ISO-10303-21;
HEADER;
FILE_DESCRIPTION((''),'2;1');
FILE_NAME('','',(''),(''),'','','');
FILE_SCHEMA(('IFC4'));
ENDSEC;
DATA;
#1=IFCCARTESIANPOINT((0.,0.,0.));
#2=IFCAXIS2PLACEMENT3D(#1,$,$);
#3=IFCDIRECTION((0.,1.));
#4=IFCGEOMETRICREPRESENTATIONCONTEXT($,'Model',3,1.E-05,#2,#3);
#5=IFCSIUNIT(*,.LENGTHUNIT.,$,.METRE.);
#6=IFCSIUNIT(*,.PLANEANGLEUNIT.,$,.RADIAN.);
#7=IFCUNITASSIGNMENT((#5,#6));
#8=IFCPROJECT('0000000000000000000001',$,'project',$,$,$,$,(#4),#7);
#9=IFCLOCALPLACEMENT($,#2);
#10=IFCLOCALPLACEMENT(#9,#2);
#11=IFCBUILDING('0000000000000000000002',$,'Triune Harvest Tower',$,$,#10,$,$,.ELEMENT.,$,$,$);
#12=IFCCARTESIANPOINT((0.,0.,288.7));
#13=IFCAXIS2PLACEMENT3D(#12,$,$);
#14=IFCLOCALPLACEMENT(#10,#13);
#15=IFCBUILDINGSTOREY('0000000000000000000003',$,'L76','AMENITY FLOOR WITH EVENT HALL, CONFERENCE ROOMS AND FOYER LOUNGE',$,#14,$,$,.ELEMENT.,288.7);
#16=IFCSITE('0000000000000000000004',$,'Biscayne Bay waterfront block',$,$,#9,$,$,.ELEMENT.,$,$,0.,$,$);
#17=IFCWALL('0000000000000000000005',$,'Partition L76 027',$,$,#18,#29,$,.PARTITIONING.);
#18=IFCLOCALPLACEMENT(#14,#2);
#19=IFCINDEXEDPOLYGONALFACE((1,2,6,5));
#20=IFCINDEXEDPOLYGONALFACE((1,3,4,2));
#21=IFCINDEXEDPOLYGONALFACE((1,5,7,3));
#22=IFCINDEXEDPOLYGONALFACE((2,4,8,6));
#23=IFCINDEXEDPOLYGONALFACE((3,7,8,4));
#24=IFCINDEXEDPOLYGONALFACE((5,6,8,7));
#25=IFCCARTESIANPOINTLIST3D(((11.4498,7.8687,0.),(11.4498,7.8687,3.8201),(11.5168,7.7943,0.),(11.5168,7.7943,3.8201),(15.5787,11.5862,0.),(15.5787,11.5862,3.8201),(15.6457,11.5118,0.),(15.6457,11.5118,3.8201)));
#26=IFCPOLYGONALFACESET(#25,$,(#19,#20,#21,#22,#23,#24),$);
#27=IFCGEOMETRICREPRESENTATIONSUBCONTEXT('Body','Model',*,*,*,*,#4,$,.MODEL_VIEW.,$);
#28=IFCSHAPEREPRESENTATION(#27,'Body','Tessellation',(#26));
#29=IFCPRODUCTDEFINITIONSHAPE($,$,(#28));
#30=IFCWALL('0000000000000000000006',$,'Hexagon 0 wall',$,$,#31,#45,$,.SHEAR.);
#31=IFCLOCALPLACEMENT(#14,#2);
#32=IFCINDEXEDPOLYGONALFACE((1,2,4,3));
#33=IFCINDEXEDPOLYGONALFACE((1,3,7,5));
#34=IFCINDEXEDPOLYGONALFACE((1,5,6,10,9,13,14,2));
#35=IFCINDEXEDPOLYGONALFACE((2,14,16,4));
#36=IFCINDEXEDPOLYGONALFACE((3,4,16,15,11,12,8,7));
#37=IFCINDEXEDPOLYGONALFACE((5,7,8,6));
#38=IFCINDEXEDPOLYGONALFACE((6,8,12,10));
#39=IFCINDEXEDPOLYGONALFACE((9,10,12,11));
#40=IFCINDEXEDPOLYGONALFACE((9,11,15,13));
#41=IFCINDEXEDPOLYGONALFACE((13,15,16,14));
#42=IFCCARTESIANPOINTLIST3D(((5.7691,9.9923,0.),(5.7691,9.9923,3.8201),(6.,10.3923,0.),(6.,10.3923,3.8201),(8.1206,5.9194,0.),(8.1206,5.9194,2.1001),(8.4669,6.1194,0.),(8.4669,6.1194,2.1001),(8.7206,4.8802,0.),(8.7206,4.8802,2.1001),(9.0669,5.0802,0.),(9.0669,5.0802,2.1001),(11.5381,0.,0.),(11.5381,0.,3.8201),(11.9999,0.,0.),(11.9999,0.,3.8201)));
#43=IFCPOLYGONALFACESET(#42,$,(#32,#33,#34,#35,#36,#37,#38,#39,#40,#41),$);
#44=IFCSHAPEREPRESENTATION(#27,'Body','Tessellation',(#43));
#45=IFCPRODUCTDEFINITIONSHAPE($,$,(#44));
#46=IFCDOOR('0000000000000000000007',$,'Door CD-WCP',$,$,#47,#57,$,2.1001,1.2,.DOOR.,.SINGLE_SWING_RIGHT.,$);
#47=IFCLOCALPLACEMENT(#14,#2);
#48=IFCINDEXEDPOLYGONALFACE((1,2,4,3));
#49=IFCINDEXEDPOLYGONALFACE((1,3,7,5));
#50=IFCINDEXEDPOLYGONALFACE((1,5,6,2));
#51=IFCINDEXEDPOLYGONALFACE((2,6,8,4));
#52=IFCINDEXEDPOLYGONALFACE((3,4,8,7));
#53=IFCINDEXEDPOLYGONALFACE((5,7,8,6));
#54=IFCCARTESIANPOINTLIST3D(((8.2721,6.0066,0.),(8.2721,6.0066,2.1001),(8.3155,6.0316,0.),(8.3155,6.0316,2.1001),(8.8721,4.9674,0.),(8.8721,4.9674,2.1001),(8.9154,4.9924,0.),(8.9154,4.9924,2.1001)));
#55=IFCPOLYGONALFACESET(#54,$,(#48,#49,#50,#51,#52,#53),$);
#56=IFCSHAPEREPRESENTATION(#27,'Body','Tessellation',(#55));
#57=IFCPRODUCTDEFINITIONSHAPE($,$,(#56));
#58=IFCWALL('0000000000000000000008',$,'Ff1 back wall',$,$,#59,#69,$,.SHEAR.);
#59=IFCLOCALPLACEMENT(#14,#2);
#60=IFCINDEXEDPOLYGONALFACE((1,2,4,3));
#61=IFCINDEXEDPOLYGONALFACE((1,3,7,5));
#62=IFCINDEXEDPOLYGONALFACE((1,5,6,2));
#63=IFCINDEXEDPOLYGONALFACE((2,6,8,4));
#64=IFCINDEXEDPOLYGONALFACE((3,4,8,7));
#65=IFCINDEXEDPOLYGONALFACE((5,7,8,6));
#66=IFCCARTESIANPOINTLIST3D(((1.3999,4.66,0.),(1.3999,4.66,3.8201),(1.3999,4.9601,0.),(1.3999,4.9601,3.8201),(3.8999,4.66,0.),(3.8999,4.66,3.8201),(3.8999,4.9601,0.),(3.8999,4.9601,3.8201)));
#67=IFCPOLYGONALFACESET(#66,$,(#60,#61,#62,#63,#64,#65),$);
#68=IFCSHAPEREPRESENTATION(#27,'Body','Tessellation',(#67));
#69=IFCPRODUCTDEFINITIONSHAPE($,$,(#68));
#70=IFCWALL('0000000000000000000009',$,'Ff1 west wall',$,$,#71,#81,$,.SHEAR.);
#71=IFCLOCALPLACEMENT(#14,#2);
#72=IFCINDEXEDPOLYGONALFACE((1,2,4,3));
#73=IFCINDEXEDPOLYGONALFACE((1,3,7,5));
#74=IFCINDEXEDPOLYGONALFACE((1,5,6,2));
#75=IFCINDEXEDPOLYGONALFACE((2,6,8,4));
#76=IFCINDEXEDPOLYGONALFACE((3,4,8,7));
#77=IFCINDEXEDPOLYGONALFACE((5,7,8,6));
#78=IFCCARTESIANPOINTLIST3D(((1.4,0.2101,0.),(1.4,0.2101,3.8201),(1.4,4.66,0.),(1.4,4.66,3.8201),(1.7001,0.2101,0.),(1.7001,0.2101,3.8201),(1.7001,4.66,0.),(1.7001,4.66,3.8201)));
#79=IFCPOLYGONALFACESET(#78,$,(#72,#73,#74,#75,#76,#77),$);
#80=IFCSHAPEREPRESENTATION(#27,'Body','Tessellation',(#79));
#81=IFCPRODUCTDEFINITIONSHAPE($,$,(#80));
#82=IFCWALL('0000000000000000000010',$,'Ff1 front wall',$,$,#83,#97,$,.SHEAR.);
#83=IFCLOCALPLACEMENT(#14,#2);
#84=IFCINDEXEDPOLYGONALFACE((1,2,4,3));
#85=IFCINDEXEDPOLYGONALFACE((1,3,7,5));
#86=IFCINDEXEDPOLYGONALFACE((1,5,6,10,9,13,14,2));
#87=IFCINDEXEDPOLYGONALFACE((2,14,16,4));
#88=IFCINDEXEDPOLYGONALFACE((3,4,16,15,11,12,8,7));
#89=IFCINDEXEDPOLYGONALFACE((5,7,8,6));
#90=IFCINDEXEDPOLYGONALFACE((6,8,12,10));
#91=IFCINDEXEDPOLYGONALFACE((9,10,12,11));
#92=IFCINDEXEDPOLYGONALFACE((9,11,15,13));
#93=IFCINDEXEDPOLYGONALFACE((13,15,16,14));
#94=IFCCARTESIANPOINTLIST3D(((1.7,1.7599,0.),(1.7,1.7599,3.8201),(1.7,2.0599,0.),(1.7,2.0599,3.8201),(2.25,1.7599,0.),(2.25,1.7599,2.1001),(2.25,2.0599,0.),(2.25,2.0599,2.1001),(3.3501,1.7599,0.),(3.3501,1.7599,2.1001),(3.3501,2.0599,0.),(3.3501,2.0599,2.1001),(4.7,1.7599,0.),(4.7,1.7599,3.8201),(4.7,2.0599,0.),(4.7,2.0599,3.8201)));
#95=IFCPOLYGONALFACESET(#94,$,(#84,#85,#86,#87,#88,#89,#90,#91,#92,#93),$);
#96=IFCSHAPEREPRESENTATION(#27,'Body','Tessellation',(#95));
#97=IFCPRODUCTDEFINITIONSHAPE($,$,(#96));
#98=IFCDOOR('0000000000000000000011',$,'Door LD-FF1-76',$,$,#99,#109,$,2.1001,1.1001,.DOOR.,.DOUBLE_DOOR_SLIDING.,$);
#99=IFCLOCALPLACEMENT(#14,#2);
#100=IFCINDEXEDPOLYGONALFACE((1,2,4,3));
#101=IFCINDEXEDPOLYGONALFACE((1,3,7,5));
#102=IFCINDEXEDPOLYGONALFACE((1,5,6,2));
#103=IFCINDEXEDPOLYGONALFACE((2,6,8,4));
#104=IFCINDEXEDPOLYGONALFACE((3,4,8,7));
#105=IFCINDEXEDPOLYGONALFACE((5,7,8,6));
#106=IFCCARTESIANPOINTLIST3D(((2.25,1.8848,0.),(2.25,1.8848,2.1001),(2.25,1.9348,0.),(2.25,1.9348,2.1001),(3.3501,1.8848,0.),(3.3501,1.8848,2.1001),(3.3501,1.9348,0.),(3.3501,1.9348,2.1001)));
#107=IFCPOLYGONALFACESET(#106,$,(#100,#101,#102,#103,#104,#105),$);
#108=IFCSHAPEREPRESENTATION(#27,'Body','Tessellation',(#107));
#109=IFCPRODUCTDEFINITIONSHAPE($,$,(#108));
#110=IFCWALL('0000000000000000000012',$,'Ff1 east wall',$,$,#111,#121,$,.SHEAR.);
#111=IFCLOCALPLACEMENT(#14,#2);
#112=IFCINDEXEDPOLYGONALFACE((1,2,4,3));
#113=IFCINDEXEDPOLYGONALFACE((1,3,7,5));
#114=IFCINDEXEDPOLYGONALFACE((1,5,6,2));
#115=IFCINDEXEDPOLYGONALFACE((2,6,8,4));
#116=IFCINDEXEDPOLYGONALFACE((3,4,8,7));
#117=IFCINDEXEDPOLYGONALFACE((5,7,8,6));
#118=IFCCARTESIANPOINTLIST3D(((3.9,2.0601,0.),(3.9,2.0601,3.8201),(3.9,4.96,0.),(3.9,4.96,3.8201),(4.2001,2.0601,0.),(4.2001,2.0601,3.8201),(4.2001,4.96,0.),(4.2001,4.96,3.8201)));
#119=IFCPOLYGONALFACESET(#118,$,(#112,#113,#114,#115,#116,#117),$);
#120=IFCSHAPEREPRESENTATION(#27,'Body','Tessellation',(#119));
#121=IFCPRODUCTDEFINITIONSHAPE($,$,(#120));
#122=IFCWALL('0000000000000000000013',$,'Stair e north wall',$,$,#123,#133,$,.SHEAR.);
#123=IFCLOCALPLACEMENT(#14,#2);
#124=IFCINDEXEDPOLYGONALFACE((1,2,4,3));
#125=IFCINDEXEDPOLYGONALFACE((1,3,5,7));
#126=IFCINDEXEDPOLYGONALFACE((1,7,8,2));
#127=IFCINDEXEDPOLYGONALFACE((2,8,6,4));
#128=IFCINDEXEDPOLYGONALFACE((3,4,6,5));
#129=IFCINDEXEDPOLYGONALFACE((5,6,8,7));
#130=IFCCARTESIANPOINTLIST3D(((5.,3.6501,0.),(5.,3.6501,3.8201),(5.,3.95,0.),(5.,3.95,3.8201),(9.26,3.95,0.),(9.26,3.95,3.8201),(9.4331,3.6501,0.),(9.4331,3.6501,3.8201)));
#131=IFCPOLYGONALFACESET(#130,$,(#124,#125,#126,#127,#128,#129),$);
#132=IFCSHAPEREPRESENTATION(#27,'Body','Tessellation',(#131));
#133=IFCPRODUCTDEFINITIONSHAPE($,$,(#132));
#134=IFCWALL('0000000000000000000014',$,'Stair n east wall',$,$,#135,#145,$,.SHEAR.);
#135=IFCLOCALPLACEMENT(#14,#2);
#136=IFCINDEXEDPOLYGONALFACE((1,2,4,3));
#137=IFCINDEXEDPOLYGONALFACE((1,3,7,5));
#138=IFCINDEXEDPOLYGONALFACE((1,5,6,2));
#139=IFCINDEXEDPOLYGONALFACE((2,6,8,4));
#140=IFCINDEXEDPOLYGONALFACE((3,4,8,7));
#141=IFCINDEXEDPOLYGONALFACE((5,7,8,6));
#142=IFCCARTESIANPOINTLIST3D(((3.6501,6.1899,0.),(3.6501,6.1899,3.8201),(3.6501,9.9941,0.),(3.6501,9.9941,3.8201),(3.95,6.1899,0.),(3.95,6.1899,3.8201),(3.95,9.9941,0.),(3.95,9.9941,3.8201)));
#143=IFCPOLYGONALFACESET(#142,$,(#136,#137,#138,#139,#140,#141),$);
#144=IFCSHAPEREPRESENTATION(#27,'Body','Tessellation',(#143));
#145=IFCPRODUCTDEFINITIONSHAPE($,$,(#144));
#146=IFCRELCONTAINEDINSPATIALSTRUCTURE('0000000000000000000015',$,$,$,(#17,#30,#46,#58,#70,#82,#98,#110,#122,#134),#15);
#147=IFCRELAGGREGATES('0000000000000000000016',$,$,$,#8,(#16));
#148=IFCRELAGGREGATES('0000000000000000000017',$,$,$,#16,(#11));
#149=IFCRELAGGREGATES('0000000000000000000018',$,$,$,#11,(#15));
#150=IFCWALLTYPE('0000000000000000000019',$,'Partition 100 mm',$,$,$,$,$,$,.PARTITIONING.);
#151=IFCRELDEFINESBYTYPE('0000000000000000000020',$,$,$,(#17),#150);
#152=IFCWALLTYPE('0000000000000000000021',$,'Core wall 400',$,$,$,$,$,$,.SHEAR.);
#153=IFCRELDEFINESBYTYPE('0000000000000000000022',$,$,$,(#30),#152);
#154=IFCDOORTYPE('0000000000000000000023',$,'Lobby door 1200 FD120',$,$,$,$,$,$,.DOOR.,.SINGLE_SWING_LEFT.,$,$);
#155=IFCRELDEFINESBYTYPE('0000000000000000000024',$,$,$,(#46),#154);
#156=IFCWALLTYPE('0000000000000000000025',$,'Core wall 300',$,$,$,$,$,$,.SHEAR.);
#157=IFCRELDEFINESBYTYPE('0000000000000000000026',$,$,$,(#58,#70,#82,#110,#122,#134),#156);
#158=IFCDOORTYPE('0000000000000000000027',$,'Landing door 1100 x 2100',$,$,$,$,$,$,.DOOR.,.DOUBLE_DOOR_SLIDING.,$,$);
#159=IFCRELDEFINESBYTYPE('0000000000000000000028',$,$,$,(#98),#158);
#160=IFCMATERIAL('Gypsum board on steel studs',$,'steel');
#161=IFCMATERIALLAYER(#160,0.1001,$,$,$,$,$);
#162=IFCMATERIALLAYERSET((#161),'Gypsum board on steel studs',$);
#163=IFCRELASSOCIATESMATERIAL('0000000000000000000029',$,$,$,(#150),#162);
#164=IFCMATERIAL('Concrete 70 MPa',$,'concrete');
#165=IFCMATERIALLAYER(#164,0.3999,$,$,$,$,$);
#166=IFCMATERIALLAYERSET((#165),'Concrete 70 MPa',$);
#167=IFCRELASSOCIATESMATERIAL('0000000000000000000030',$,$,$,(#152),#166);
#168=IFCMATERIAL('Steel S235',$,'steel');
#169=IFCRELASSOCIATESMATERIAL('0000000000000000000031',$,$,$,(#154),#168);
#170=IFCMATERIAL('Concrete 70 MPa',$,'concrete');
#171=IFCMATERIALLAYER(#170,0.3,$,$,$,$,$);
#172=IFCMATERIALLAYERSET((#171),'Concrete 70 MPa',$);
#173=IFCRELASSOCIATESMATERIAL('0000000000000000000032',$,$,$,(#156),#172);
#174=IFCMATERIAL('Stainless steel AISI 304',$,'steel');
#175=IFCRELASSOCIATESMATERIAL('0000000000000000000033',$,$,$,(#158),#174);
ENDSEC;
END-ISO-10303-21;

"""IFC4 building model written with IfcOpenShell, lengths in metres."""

from ifc_helpers import new_model, si_unit, direction, frame, frame_2d, origin, place, context, subcontext, project, spatial, polyline, rectangle, outline, extrude, source, transform, mapped, material, layer, layer_set, type_object, element, fill, save


model = new_model("IFC4")

# Units and contexts
model_context = context("Model", 3, precision=1e-05, world=origin(), true_north=direction((0.0, 1.0)))
body_context = subcontext(model_context, "Body", "Model", "MODEL_VIEW")
ifc_project = project(units=[si_unit("LENGTHUNIT", "METRE"), si_unit("PLANEANGLEUNIT", "RADIAN")], contexts=[model_context])

# Site, building, storey
site_placement = place(None, origin())
site = spatial("IfcSite", under=ifc_project, at=site_placement, Name="Biscayne Bay waterfront block", CompositionType="ELEMENT", RefElevation=0.0)
building_placement = place(site_placement, origin())
building = spatial("IfcBuilding", under=site, at=building_placement, Name="Triune Harvest Tower", CompositionType="ELEMENT")
storey_placement = place(building_placement, frame((0.0, 0.0, 288.7)))
storey = spatial("IfcBuildingStorey", under=building, at=storey_placement, Name="L76", Description="AMENITY FLOOR WITH EVENT HALL, CONFERENCE ROOMS AND FOYER LOUNGE", CompositionType="ELEMENT", Elevation=288.7)

# Wall
ifc_material_1 = material(Name="Gypsum board on steel studs", Category="steel")
ifc_layer_1 = layer(ifc_material_1, 0.1001)
ifc_layer_set_1 = layer_set([ifc_layer_1], Name="Gypsum board on steel studs")
wall_type_1 = type_object("IfcWallType", Name="Partition 100 mm", PredefinedType="PARTITIONING", material=ifc_layer_set_1)
wall_1_placement = place(storey_placement, frame((11.4834, 7.8315, 0.0), z_axis=(0.0, 0.0, 1.0), x_axis=(0.743159, 0.669115, 0.0)))
element("IfcWall", 1, at=wall_1_placement, inside=storey, type_object=wall_type_1, Name="Partition L76 027", PredefinedType="PARTITIONING", context=body_context, shape_type="SweptSolid", body=[
    extrude(rectangle(XDim=5.5559, YDim=0.1001, at=frame_2d((2.7778, 0.0))), origin(), (0.0, 0.0, 1.0), 3.8201),
])

# Wall, opening, door
ifc_material_2 = material(Name="Concrete 70 MPa", Category="concrete")
ifc_layer_2 = layer(ifc_material_2, 0.3999)
ifc_layer_set_2 = layer_set([ifc_layer_2], Name="Concrete 70 MPa")
wall_type_2 = type_object("IfcWallType", Name="Core wall 400", PredefinedType="SHEAR", material=ifc_layer_set_2)
shared_shape_1 = source(origin(), body_context, "Body", "SweptSolid", [
    extrude(outline(polyline([(-0.1155, -0.2), (11.8845, -0.2), (11.6536, 0.2), (0.1155, 0.2), (-0.1155, -0.2)])), origin(), (0.0, 0.0, 1.0), 3.8201),
])
wall_2_placement = place(storey_placement, frame((11.769, 0.0, 0.0), z_axis=(0.0, 0.0, 1.0), x_axis=(-0.499997, 0.866027, 0.0)))
wall_2 = element("IfcWall", 2, at=wall_2_placement, inside=storey, type_object=wall_type_2, Name="Hexagon 0 wall", PredefinedType="SHEAR", context=body_context, shape_type="MappedRepresentation", body=[
    mapped(shared_shape_1, transform((0.0, 0.0, 0.0), scale=1.0)),
])
opening_1_placement = place(wall_2_placement, frame((5.7505, 0.0, 0.0)))
opening_1 = element("IfcOpeningElement", 3, at=opening_1_placement, cuts=wall_2, PredefinedType="OPENING", context=body_context, shape_type="SweptSolid", body=[
    extrude(rectangle(XDim=1.2, YDim=2.1001, at=frame_2d((0.6001, 1.05))), frame((0.0, 0.21, 0.0), z_axis=(0.0, -1.0, 0.0), x_axis=(1.0, 0.0, 0.0)), (0.0, 0.0, 1.0), 0.4199),
])
ifc_material_3 = material(Name="Steel S235", Category="steel")
door_type_1 = type_object("IfcDoorType", Name="Lobby door 1200 FD120", OperationType="SINGLE_SWING_LEFT", PredefinedType="DOOR", material=ifc_material_3)
door_1_placement = place(opening_1_placement, frame((1.2, 0.0, 0.0), z_axis=(0.0, 0.0, 1.0), x_axis=(-1.0, 0.0, 0.0)))
door_1 = element("IfcDoor", 4, at=door_1_placement, inside=storey, type_object=door_type_1, Name="Door CD-WCP", OperationType="SINGLE_SWING_RIGHT", OverallHeight=2.1001, OverallWidth=1.2, PredefinedType="DOOR", context=body_context, shape_type="SweptSolid", body=[
    extrude(rectangle(XDim=1.2, YDim=2.1001, at=frame_2d((0.6001, 1.05))), frame((0.0, 0.0249, 0.0), z_axis=(0.0, -1.0, 0.0), x_axis=(1.0, 0.0, 0.0)), (0.0, 0.0, 1.0), 0.05),
])
fill(opening_1, door_1)

# Walls
ifc_material_4 = material(Name="Concrete 70 MPa", Category="concrete")
ifc_layer_3 = layer(ifc_material_4, 0.3)
ifc_layer_set_3 = layer_set([ifc_layer_3], Name="Concrete 70 MPa")
wall_type_3 = type_object("IfcWallType", Name="Core wall 300", PredefinedType="SHEAR", material=ifc_layer_set_3)
shared_shape_2 = source(origin(), body_context, "Body", "SweptSolid", [
    extrude(rectangle(XDim=2.5, YDim=0.3, at=frame_2d((1.25, 0.0))), origin(), (0.0, 0.0, 1.0), 3.8201),
])
wall_3_placement = place(storey_placement, frame((1.3999, 4.8101, 0.0), z_axis=(0.0, 0.0, 1.0), x_axis=(1.0, 0.0, 0.0)))
element("IfcWall", 5, at=wall_3_placement, inside=storey, type_object=wall_type_3, Name="Ff1 back wall", PredefinedType="SHEAR", context=body_context, shape_type="MappedRepresentation", body=[
    mapped(shared_shape_2, transform((0.0, 0.0, 0.0), scale=1.0)),
])
shared_shape_3 = source(origin(), body_context, "Body", "SweptSolid", [
    extrude(rectangle(XDim=4.45, YDim=0.3, at=frame_2d((2.2251, 0.0))), origin(), (0.0, 0.0, 1.0), 3.8201),
])
wall_4_placement = place(storey_placement, frame((1.55, 0.21, 0.0), z_axis=(0.0, 0.0, 1.0), x_axis=(0.0, 1.0, 0.0)))
element("IfcWall", 6, at=wall_4_placement, inside=storey, type_object=wall_type_3, Name="Ff1 west wall", PredefinedType="SHEAR", context=body_context, shape_type="MappedRepresentation", body=[
    mapped(shared_shape_3, transform((0.0, 0.0, 0.0), scale=1.0)),
])

# Wall, opening, door
shared_shape_4 = source(origin(), body_context, "Body", "SweptSolid", [
    extrude(rectangle(XDim=3.0, YDim=0.3, at=frame_2d((1.5, 0.0))), origin(), (0.0, 0.0, 1.0), 3.8201),
])
wall_5_placement = place(storey_placement, frame((1.7, 1.9099, 0.0), z_axis=(0.0, 0.0, 1.0), x_axis=(1.0, 0.0, 0.0)))
wall_5 = element("IfcWall", 7, at=wall_5_placement, inside=storey, type_object=wall_type_3, Name="Ff1 front wall", PredefinedType="SHEAR", context=body_context, shape_type="MappedRepresentation", body=[
    mapped(shared_shape_4, transform((0.0, 0.0, 0.0), scale=1.0)),
])
opening_2_placement = place(wall_5_placement, frame((0.55, 0.0, 0.0)))
opening_2 = element("IfcOpeningElement", 8, at=opening_2_placement, cuts=wall_5, PredefinedType="OPENING", context=body_context, shape_type="SweptSolid", body=[
    extrude(rectangle(XDim=1.1001, YDim=2.1001, at=frame_2d((0.55, 1.05))), frame((0.0, 0.1602, 0.0), z_axis=(0.0, -1.0, 0.0), x_axis=(1.0, 0.0, 0.0)), (0.0, 0.0, 1.0), 0.3201),
])
ifc_material_5 = material(Name="Stainless steel AISI 304", Category="steel")
door_type_2 = type_object("IfcDoorType", Name="Landing door 1100 x 2100", OperationType="DOUBLE_DOOR_SLIDING", PredefinedType="DOOR", material=ifc_material_5)
door_2_placement = place(opening_2_placement, origin())
door_2 = element("IfcDoor", 9, at=door_2_placement, inside=storey, type_object=door_type_2, Name="Door LD-FF1-76", OperationType="DOUBLE_DOOR_SLIDING", OverallHeight=2.1001, OverallWidth=1.1001, PredefinedType="DOOR", context=body_context, shape_type="SweptSolid", body=[
    extrude(rectangle(XDim=1.1001, YDim=2.1001, at=frame_2d((0.55, 1.05))), frame((0.0, 0.0249, 0.0), z_axis=(0.0, -1.0, 0.0), x_axis=(1.0, 0.0, 0.0)), (0.0, 0.0, 1.0), 0.05),
])
fill(opening_2, door_2)

# Walls
shared_shape_5 = source(origin(), body_context, "Body", "SweptSolid", [
    extrude(rectangle(XDim=2.8999, YDim=0.3, at=frame_2d((1.45, 0.0))), origin(), (0.0, 0.0, 1.0), 3.8201),
])
wall_6_placement = place(storey_placement, frame((4.05, 2.0601, 0.0), z_axis=(0.0, 0.0, 1.0), x_axis=(0.0, 1.0, 0.0)))
element("IfcWall", 10, at=wall_6_placement, inside=storey, type_object=wall_type_3, Name="Ff1 east wall", PredefinedType="SHEAR", context=body_context, shape_type="MappedRepresentation", body=[
    mapped(shared_shape_5, transform((0.0, 0.0, 0.0), scale=1.0)),
])
shared_shape_6 = source(origin(), body_context, "Body", "SweptSolid", [
    extrude(outline(polyline([(0.0, -0.1499), (0.0, 0.1499), (4.26, 0.1499), (4.4331, -0.1499), (0.0, -0.1499)])), origin(), (0.0, 0.0, 1.0), 3.8201),
])
wall_7_placement = place(storey_placement, frame((5.0, 3.8, 0.0), z_axis=(0.0, 0.0, 1.0), x_axis=(1.0, 0.0, 0.0)))
element("IfcWall", 11, at=wall_7_placement, inside=storey, type_object=wall_type_3, Name="Stair e north wall", PredefinedType="SHEAR", context=body_context, shape_type="MappedRepresentation", body=[
    mapped(shared_shape_6, transform((0.0, 0.0, 0.0), scale=1.0)),
])
shared_shape_7 = source(origin(), body_context, "Body", "SweptSolid", [
    extrude(outline(polyline([(0.0, -0.1499), (0.0, 0.1499), (3.8042, 0.1499), (3.8042, -0.1499), (0.0, -0.1499)])), origin(), (0.0, 0.0, 1.0), 3.8201),
])
wall_8_placement = place(storey_placement, frame((3.8, 6.1899, 0.0), z_axis=(0.0, 0.0, 1.0), x_axis=(0.0, 1.0, 0.0)))
element("IfcWall", 12, at=wall_8_placement, inside=storey, type_object=wall_type_3, Name="Stair n east wall", PredefinedType="SHEAR", context=body_context, shape_type="MappedRepresentation", body=[
    mapped(shared_shape_7, transform((0.0, 0.0, 0.0), scale=1.0)),
])

save(model, "model.ifc")
